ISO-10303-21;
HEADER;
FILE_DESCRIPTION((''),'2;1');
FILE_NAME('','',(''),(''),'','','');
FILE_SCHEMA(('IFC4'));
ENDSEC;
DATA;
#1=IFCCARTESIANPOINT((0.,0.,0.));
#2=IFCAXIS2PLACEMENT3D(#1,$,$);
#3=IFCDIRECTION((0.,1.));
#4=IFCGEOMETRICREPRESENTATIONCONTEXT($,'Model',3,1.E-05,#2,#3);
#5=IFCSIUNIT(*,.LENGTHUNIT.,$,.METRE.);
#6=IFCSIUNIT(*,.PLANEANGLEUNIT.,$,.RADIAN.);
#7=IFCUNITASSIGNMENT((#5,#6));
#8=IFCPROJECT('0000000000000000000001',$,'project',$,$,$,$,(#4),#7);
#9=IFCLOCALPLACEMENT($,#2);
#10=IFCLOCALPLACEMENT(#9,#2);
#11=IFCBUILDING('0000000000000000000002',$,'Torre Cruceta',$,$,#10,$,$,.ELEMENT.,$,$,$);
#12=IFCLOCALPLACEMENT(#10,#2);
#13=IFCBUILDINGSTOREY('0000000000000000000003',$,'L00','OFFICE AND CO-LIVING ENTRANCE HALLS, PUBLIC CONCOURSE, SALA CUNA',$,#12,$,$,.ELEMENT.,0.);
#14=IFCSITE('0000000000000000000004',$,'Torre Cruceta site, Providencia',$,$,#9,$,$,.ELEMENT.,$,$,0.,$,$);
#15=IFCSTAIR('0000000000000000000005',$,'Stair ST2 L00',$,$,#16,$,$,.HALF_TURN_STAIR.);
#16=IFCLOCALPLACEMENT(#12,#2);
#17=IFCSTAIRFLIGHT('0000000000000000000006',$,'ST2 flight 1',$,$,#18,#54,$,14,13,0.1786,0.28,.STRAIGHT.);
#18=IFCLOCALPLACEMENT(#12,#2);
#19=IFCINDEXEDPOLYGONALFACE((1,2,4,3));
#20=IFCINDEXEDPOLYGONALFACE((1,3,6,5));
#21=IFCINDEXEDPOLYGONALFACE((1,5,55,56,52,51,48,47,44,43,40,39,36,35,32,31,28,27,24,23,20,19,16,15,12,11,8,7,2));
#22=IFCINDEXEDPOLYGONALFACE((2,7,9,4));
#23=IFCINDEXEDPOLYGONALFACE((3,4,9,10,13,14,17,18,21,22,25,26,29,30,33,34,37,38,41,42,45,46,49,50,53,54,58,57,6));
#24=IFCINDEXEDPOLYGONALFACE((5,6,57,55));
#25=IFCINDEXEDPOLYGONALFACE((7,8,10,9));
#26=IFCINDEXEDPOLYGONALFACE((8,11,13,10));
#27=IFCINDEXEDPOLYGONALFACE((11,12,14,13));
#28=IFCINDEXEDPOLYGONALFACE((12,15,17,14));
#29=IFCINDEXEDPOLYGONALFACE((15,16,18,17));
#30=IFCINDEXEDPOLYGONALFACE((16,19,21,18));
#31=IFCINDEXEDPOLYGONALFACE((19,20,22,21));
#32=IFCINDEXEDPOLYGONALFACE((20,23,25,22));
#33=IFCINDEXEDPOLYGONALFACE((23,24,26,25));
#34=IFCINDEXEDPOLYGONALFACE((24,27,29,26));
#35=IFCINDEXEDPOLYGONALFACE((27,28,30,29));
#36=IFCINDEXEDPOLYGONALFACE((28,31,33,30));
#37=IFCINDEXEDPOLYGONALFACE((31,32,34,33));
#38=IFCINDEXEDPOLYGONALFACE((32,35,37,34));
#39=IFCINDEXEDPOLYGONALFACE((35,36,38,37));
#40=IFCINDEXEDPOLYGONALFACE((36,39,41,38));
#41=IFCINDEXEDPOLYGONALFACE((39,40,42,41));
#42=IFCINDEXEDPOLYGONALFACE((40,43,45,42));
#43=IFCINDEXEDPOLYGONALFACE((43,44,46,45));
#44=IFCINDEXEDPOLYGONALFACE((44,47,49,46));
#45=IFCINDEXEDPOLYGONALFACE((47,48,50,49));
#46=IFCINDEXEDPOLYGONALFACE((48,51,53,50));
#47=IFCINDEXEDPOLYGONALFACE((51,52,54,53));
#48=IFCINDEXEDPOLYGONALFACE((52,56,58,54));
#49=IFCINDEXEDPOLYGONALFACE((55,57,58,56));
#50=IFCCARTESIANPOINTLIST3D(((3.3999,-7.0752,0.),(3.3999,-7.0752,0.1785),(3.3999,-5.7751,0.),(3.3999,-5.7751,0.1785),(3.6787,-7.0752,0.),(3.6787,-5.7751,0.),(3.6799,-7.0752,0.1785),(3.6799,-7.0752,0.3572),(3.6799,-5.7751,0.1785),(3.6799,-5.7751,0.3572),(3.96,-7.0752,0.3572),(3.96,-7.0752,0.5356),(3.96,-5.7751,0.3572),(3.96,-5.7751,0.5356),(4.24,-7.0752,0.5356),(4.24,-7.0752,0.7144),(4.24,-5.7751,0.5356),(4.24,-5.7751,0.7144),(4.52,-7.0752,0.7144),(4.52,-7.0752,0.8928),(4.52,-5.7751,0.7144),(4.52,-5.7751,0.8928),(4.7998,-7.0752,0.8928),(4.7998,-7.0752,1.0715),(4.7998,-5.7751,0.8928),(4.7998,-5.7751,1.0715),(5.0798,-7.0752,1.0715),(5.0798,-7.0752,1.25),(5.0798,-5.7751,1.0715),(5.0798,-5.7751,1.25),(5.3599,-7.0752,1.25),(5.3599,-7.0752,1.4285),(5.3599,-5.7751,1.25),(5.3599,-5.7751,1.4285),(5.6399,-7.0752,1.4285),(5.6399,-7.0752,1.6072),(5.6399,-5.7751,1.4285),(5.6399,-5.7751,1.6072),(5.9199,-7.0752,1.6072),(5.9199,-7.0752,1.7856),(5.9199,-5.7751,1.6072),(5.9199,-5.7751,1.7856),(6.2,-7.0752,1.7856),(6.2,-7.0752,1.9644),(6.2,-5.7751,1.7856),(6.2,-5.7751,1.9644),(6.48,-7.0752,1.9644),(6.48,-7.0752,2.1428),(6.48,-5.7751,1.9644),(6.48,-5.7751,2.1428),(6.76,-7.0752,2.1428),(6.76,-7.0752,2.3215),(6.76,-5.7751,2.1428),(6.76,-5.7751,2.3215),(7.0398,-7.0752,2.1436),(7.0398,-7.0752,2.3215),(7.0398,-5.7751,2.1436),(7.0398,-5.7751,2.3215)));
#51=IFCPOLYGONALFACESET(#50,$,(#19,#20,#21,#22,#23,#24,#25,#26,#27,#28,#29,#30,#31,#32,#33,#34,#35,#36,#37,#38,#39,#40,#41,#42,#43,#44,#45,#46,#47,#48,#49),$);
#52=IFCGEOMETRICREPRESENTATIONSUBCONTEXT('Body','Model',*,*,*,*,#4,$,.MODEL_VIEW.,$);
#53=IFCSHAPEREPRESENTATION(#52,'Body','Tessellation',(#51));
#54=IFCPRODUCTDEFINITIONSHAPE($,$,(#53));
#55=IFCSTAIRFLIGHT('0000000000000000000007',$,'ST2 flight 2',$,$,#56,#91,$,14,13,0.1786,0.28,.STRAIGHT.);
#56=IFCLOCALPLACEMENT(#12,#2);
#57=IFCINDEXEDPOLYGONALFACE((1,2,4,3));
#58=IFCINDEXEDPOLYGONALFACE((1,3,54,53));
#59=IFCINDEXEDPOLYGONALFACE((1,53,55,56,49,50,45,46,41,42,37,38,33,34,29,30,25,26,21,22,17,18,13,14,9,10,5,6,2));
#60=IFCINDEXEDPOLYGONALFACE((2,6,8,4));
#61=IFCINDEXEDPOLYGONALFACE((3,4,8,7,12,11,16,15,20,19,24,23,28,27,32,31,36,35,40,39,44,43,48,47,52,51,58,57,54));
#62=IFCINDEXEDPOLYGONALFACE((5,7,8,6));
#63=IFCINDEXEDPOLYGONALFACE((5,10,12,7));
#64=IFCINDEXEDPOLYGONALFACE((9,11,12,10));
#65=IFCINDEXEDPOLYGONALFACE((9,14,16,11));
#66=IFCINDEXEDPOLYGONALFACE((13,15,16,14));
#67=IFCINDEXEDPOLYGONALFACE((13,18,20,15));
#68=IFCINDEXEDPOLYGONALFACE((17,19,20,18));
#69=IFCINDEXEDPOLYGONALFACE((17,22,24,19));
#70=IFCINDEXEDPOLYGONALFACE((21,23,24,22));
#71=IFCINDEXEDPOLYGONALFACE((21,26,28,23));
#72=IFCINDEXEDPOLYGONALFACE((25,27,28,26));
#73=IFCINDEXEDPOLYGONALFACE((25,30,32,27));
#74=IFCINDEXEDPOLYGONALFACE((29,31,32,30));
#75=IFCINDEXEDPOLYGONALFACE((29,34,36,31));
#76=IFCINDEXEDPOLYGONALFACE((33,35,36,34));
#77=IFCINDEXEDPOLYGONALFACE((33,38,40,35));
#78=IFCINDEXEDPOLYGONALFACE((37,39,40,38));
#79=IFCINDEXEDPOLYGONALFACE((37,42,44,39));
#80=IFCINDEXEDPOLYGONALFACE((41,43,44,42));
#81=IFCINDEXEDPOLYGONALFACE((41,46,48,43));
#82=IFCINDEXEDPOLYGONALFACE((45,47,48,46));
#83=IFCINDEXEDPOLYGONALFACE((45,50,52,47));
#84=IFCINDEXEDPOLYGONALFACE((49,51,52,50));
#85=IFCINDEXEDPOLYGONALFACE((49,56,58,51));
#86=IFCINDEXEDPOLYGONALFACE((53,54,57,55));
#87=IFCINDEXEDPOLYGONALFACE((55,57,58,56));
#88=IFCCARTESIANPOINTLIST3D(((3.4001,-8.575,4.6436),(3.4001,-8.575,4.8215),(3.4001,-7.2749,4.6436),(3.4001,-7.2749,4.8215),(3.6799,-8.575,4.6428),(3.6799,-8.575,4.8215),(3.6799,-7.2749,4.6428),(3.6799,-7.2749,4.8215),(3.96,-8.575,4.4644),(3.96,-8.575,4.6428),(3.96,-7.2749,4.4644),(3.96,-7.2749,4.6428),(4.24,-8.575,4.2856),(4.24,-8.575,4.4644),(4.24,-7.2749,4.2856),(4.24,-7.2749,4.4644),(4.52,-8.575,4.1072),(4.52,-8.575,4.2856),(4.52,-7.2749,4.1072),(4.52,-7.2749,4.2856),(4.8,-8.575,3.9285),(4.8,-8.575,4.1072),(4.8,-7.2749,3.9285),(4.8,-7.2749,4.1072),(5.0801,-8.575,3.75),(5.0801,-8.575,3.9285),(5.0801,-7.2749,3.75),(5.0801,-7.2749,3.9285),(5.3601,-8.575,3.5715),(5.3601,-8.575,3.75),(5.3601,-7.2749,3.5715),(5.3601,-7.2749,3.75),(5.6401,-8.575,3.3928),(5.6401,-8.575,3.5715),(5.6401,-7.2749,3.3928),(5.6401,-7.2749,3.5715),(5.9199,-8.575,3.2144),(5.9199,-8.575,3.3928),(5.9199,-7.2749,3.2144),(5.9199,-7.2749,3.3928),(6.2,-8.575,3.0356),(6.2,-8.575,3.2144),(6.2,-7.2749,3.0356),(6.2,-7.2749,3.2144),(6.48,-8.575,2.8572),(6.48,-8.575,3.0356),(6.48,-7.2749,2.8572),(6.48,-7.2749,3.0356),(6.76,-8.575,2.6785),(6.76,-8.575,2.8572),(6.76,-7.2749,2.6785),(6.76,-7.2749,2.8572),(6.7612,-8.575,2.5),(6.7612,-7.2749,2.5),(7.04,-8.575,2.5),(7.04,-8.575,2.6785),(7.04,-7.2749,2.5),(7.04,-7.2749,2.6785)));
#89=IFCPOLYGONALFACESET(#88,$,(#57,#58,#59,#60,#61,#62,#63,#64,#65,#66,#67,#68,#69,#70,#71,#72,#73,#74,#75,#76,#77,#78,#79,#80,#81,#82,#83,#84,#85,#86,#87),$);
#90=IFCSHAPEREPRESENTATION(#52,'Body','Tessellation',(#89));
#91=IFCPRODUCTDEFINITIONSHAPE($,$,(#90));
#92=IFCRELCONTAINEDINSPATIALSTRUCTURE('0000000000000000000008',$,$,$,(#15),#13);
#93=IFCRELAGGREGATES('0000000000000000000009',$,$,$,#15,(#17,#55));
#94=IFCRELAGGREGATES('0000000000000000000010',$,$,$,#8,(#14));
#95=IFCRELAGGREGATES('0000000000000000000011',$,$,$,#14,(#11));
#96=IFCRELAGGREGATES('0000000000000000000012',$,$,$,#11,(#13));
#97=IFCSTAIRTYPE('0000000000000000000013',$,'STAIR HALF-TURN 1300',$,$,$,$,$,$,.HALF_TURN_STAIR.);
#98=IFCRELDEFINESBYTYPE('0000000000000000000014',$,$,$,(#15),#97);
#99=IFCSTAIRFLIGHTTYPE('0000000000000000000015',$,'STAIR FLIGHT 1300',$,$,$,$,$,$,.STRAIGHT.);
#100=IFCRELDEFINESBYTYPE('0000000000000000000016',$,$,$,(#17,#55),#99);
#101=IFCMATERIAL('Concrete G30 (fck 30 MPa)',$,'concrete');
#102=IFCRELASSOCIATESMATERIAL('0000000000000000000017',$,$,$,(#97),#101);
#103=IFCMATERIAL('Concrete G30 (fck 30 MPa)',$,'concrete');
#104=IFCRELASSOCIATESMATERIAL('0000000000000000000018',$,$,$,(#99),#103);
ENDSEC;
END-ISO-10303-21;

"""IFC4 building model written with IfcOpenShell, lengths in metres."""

from ifc_helpers import new_model, si_unit, direction, frame, origin, place, context, subcontext, project, spatial, polyline, outline, extrude, material, type_object, element, aggregate, save


model = new_model("IFC4")

# Units and contexts
model_context = context("Model", 3, precision=1e-05, world=origin(), true_north=direction((0.0, 1.0)))
body_context = subcontext(model_context, "Body", "Model", "MODEL_VIEW")
ifc_project = project(units=[si_unit("LENGTHUNIT", "METRE"), si_unit("PLANEANGLEUNIT", "RADIAN")], contexts=[model_context])

# Site, building, storey
site_placement = place(None, origin())
site = spatial("IfcSite", under=ifc_project, at=site_placement, Name="Torre Cruceta site, Providencia", CompositionType="ELEMENT", RefElevation=0.0)
building_placement = place(site_placement, origin())
building = spatial("IfcBuilding", under=site, at=building_placement, Name="Torre Cruceta", CompositionType="ELEMENT")
storey_placement = place(building_placement, origin())
storey = spatial("IfcBuildingStorey", under=building, at=storey_placement, Name="L00", Description="OFFICE AND CO-LIVING ENTRANCE HALLS, PUBLIC CONCOURSE, SALA CUNA", CompositionType="ELEMENT", Elevation=0.0)

# Stair, stair flights
ifc_material_1 = material(Name="Concrete G30 (fck 30 MPa)", Category="concrete")
stair_type = type_object("IfcStairType", Name="STAIR HALF-TURN 1300", PredefinedType="HALF_TURN_STAIR", material=ifc_material_1)
stair_placement = place(storey_placement, origin())
stair = element("IfcStair", 1, at=stair_placement, inside=storey, type_object=stair_type, Name="Stair ST2 L00", PredefinedType="HALF_TURN_STAIR")
ifc_material_2 = material(Name="Concrete G30 (fck 30 MPa)", Category="concrete")
stair_flight_type = type_object("IfcStairFlightType", Name="STAIR FLIGHT 1300", PredefinedType="STRAIGHT", material=ifc_material_2)
stair_flight_1_placement = place(storey_placement, frame((3.3999, -6.425, 0.0), z_axis=(0.0, 0.0, 1.0), x_axis=(1.0, 0.0, 0.0)))
stair_flight_1 = element("IfcStairFlight", 2, at=stair_flight_1_placement, type_object=stair_flight_type, Name="ST2 flight 1", NumberOfRisers=14, NumberOfTreads=13, PredefinedType="STRAIGHT", RiserHeight=0.1786, TreadLength=0.28, context=body_context, shape_type="SweptSolid", body=[
    extrude(outline(polyline([(0.0, 0.0), (0.0, 0.1785), (0.28, 0.1785), (0.28, 0.3572), (0.5601, 0.3572), (0.5601, 0.5356), (0.8401, 0.5356), (0.8401, 0.7144), (1.1201, 0.7144), (1.1201, 0.8928), (1.3999, 0.8928), (1.3999, 1.0715), (1.6799, 1.0715), (1.6799, 1.25), (1.96, 1.25), (1.96, 1.4285), (2.24, 1.4285), (2.24, 1.6072), (2.52, 1.6072), (2.52, 1.7856), (2.8, 1.7856), (2.8, 1.9644), (3.0801, 1.9644), (3.0801, 2.1428), (3.3601, 2.1428), (3.3601, 2.3215), (3.6399, 2.3215), (3.6399, 2.5), (3.6399, 2.1436), (0.2788, 0.0), (0.0, 0.0)])), frame((0.0, 0.6499, 0.0), z_axis=(0.0, -1.0, 0.0), x_axis=(1.0, 0.0, 0.0)), (0.0, 0.0, 1.0), 1.3),
])
stair_flight_2_placement = place(storey_placement, frame((7.04, -7.925, 2.5), z_axis=(0.0, 0.0, 1.0), x_axis=(-1.0, 0.0, 0.0)))
stair_flight_2 = element("IfcStairFlight", 3, at=stair_flight_2_placement, type_object=stair_flight_type, Name="ST2 flight 2", NumberOfRisers=14, NumberOfTreads=13, PredefinedType="STRAIGHT", RiserHeight=0.1786, TreadLength=0.28, context=body_context, shape_type="SweptSolid", body=[
    extrude(outline(polyline([(0.0, 0.0), (0.0, 0.1785), (0.28, 0.1785), (0.28, 0.3572), (0.5601, 0.3572), (0.5601, 0.5356), (0.8401, 0.5356), (0.8401, 0.7144), (1.1201, 0.7144), (1.1201, 0.8928), (1.3999, 0.8928), (1.3999, 1.0715), (1.6799, 1.0715), (1.6799, 1.25), (1.96, 1.25), (1.96, 1.4285), (2.24, 1.4285), (2.24, 1.6072), (2.52, 1.6072), (2.52, 1.7856), (2.8, 1.7856), (2.8, 1.9644), (3.0801, 1.9644), (3.0801, 2.1428), (3.3601, 2.1428), (3.3601, 2.3215), (3.6399, 2.3215), (3.6399, 2.5), (3.6399, 2.1436), (0.2788, 0.0), (0.0, 0.0)])), frame((0.0, 0.6499, 0.0), z_axis=(0.0, -1.0, 0.0), x_axis=(1.0, 0.0, 0.0)), (0.0, 0.0, 1.0), 1.3),
])
aggregate(stair, [stair_flight_1, stair_flight_2])

save(model, "model.ifc")
